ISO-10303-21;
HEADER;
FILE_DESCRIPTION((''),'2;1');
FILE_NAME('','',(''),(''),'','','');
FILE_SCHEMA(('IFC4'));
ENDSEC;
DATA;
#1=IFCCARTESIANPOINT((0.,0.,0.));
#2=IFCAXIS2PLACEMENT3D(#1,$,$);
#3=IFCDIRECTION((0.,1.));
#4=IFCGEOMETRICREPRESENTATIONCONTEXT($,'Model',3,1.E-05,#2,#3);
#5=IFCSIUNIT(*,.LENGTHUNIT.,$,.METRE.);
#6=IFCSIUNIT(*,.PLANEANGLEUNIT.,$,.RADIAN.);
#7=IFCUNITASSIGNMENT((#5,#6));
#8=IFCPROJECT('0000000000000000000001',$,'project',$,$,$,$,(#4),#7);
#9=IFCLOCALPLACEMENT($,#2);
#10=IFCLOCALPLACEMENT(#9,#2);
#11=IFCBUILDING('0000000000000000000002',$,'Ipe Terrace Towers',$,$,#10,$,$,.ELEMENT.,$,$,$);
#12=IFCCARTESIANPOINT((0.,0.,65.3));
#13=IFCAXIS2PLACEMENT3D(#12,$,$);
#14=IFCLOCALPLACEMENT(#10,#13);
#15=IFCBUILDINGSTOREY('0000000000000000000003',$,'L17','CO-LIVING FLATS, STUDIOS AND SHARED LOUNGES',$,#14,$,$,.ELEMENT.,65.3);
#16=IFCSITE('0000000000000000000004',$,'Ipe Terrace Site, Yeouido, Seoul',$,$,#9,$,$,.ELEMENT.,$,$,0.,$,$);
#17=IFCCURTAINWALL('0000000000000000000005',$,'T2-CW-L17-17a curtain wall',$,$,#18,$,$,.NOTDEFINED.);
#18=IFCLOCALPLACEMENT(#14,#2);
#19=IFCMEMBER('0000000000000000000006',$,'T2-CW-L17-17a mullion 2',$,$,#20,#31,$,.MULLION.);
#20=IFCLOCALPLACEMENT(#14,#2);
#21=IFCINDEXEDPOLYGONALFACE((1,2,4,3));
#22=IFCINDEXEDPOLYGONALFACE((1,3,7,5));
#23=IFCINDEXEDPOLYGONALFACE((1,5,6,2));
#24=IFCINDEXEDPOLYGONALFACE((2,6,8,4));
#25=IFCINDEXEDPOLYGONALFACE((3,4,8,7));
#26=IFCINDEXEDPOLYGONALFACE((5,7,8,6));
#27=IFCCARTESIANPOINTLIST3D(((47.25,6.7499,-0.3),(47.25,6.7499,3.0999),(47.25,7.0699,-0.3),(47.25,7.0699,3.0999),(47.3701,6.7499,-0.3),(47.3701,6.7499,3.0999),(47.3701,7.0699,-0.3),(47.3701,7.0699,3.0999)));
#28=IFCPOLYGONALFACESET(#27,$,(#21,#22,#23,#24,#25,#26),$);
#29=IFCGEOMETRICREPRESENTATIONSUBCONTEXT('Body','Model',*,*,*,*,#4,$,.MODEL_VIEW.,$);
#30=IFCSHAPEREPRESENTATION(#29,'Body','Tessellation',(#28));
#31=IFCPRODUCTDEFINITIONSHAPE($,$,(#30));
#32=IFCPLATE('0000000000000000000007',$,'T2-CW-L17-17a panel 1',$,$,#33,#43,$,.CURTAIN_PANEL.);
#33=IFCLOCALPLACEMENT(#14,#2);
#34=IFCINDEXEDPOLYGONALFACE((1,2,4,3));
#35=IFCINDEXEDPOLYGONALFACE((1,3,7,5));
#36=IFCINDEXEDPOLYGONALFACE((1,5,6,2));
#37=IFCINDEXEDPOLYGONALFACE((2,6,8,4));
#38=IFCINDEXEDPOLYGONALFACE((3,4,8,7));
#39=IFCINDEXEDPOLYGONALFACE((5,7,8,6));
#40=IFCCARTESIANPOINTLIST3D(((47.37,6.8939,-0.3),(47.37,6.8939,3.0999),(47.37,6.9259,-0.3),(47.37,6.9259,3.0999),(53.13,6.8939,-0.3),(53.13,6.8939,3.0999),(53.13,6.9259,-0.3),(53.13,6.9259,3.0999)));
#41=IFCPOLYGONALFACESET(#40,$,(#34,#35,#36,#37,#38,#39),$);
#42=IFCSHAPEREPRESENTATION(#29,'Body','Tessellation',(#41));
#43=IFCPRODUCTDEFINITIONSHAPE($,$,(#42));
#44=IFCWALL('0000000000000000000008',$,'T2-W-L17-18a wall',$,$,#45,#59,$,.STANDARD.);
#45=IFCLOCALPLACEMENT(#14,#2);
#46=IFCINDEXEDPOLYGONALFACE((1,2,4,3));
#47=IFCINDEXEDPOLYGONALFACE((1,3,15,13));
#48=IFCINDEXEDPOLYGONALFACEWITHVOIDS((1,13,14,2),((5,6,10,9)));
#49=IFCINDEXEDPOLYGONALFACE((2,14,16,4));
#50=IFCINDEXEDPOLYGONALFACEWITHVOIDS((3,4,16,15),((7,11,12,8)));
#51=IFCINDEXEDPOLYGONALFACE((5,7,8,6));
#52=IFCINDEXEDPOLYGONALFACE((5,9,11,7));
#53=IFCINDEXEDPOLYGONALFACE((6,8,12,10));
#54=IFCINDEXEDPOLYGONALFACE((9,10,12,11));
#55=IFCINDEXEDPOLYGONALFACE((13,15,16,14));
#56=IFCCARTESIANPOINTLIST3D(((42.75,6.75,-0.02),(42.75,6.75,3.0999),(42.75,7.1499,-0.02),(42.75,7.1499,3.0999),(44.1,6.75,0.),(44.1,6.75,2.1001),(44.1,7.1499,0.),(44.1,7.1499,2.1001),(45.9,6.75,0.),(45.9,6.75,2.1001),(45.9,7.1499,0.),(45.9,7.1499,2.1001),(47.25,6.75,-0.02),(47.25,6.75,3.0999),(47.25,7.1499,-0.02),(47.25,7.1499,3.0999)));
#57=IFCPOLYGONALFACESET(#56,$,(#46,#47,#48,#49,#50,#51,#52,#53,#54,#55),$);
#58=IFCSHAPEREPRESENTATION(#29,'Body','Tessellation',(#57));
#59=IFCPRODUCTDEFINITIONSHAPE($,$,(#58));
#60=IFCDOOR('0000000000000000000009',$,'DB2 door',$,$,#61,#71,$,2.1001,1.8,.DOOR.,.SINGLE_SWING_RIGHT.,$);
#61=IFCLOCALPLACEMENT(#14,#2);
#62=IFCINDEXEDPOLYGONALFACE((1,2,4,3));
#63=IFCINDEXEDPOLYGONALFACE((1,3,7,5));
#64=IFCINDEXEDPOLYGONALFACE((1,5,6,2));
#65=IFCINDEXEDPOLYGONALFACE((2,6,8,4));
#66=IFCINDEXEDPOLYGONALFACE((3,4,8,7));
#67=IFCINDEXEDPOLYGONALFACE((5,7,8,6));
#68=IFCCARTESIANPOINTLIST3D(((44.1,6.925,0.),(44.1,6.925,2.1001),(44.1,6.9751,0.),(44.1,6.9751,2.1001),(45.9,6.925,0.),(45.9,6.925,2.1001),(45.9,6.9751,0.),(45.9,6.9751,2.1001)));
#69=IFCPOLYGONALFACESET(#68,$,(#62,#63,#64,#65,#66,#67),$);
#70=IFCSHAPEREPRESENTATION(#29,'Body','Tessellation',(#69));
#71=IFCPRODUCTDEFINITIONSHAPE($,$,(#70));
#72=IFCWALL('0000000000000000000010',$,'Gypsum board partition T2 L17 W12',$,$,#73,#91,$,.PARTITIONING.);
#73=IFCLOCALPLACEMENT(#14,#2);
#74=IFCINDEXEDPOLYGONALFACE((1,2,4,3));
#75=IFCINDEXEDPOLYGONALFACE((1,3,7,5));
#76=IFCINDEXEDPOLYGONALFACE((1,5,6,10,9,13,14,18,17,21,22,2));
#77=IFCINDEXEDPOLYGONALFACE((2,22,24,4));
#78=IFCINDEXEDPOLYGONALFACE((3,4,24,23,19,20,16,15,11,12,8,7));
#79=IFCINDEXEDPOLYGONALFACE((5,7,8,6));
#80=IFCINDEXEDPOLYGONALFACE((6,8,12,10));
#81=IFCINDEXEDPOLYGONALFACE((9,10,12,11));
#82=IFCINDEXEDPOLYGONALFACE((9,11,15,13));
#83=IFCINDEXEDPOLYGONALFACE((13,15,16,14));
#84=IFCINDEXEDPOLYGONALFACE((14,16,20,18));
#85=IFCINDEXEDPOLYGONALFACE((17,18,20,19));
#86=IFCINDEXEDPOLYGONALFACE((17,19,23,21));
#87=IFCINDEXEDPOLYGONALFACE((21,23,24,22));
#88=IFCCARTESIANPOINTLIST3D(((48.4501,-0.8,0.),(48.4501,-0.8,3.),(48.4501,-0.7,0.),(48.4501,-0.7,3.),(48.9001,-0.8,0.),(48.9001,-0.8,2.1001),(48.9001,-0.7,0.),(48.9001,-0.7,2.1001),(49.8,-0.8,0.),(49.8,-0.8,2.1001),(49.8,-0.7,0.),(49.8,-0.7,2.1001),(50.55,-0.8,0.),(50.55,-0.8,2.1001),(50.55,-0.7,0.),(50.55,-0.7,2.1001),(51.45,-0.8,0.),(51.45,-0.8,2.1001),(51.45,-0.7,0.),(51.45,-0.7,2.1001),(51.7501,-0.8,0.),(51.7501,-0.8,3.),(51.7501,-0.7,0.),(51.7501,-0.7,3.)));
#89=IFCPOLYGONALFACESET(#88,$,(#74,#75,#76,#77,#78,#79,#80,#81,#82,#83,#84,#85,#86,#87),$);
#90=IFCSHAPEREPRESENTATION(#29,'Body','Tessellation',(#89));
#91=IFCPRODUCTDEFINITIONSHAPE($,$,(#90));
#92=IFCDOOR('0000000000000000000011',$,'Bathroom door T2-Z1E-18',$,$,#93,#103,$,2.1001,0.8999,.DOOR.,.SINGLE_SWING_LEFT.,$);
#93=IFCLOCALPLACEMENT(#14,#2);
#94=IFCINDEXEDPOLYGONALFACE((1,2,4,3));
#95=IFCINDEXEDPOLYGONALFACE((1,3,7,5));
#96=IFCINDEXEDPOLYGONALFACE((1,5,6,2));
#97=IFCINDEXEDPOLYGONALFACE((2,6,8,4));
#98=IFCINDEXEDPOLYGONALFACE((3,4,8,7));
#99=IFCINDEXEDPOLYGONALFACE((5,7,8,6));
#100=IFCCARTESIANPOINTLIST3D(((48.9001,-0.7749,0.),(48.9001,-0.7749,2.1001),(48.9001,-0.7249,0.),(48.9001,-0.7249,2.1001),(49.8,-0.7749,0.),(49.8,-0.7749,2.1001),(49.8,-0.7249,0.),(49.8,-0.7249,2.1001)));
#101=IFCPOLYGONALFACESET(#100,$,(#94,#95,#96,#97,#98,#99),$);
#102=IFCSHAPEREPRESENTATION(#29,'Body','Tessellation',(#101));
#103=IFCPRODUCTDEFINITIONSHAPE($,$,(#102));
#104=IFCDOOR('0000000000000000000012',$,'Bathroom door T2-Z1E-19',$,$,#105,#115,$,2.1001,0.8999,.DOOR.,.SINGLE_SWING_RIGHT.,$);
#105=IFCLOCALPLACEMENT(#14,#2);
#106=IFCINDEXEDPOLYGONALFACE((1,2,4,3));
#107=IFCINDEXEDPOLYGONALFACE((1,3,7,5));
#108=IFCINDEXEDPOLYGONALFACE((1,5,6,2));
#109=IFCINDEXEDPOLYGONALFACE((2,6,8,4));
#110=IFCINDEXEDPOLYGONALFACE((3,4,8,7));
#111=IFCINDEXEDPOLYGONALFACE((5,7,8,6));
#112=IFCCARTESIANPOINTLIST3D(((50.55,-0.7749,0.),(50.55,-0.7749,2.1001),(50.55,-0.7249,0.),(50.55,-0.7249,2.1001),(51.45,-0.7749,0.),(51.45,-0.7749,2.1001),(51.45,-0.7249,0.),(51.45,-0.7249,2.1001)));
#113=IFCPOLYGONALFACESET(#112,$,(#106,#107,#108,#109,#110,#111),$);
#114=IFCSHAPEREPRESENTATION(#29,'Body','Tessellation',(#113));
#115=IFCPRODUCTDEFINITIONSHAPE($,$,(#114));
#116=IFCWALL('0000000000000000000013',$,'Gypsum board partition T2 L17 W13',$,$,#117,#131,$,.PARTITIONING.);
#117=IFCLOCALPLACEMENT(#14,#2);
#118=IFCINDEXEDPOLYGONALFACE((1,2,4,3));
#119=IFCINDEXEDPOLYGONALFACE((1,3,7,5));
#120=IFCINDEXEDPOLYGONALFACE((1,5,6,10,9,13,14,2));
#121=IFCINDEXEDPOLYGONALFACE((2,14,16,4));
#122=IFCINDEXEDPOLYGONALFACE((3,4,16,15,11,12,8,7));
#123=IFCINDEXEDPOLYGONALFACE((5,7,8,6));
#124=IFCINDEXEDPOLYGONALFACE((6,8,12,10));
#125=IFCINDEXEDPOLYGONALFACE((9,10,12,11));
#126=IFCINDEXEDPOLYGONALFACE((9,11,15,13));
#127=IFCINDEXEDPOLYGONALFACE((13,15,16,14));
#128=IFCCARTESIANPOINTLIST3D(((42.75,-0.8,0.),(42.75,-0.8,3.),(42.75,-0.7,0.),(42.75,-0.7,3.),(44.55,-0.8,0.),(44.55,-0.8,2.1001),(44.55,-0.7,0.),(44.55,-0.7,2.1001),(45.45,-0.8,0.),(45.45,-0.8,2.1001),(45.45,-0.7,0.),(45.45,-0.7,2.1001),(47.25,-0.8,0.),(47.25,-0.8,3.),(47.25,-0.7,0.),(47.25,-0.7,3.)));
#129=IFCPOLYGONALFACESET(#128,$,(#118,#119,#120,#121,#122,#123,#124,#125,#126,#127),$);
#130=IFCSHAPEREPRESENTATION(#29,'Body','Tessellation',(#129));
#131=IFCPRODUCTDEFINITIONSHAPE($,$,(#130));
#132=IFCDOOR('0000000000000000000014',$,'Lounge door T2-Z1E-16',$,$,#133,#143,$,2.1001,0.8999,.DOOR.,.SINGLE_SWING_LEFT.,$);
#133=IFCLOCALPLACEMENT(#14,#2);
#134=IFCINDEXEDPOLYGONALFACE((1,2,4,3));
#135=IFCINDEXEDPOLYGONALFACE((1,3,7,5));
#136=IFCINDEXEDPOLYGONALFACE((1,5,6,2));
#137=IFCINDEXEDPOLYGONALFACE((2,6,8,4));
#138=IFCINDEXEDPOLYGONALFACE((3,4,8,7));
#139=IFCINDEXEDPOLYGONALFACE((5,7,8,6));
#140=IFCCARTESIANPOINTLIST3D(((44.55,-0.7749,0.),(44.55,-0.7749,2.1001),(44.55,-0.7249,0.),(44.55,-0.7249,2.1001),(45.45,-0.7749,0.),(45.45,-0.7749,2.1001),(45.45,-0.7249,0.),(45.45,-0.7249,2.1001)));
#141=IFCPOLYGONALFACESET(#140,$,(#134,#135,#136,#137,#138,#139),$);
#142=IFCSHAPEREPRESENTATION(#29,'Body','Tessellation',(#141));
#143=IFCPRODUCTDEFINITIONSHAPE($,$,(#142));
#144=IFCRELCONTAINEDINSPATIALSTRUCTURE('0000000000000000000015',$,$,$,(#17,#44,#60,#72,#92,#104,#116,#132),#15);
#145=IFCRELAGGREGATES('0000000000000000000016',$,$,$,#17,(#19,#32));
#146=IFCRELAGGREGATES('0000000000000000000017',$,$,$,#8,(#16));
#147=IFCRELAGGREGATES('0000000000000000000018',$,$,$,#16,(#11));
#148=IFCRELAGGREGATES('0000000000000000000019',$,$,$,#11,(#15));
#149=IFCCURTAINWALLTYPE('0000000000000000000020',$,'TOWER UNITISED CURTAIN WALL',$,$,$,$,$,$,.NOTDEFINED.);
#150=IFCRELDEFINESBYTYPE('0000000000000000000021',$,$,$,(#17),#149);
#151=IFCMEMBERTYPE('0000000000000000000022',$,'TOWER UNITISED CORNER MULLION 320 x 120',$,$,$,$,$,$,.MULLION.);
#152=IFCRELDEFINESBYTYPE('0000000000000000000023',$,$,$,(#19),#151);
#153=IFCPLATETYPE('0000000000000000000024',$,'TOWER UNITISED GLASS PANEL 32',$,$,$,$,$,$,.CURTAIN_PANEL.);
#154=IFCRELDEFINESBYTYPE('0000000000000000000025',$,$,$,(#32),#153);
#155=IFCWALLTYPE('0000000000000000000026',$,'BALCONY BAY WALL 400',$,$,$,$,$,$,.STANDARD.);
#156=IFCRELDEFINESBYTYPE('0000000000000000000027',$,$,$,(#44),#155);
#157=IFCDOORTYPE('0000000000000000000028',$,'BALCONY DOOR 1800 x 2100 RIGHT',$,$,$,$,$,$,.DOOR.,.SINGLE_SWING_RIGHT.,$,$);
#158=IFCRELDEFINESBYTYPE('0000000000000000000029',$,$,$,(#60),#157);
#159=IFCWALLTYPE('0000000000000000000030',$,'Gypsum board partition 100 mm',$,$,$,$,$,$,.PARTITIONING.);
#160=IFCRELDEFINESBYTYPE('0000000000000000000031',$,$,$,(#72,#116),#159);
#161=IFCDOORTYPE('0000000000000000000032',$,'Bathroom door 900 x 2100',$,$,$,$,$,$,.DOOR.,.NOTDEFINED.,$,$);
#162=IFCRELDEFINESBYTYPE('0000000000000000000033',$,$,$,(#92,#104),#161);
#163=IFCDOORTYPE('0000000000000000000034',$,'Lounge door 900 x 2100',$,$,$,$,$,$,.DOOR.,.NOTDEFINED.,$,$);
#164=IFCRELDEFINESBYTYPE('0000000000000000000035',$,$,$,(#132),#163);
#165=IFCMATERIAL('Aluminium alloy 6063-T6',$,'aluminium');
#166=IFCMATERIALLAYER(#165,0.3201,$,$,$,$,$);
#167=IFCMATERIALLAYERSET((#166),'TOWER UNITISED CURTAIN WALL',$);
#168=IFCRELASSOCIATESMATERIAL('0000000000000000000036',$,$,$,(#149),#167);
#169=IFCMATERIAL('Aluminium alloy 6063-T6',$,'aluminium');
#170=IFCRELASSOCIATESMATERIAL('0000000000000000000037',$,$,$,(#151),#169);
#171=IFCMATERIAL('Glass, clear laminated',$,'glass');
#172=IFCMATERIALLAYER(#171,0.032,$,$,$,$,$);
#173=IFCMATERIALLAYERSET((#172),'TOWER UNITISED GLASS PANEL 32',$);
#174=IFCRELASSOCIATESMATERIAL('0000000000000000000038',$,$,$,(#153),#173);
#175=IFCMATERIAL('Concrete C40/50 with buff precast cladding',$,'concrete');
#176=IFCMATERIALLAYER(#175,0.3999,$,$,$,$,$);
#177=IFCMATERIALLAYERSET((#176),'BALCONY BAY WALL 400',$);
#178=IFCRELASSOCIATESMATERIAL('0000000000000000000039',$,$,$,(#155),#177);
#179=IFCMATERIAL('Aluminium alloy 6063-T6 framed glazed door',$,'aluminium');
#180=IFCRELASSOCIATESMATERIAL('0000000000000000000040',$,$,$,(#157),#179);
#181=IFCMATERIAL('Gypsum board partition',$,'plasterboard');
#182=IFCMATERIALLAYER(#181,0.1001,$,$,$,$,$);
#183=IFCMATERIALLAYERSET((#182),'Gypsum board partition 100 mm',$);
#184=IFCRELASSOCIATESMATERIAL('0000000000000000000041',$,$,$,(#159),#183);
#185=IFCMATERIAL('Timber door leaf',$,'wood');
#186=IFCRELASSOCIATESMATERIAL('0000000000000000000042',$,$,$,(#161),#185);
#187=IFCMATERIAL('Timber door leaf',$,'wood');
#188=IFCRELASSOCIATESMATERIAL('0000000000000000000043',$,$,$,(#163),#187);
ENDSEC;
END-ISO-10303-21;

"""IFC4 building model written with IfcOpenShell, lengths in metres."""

from ifc_helpers import new_model, si_unit, direction, frame, frame_2d, origin, origin_2d, place, context, subcontext, project, spatial, rectangle, extrude, material, layer, layer_set, material_profile, profile_set, type_object, element, fill, aggregate, save


model = new_model("IFC4")

# Units and contexts
model_context = context("Model", 3, precision=1e-05, world=origin(), true_north=direction((0.0, 1.0)))
body_context = subcontext(model_context, "Body", "Model", "MODEL_VIEW")
ifc_project = project(units=[si_unit("LENGTHUNIT", "METRE"), si_unit("PLANEANGLEUNIT", "RADIAN")], contexts=[model_context])

# Site, building, storey
site_placement = place(None, origin())
site = spatial("IfcSite", under=ifc_project, at=site_placement, Name="Ipe Terrace Site, Yeouido, Seoul", CompositionType="ELEMENT", RefElevation=0.0)
building_placement = place(site_placement, origin())
building = spatial("IfcBuilding", under=site, at=building_placement, Name="Ipe Terrace Towers", CompositionType="ELEMENT")
storey_placement = place(building_placement, frame((0.0, 0.0, 65.3)))
storey = spatial("IfcBuildingStorey", under=building, at=storey_placement, Name="L17", Description="CO-LIVING FLATS, STUDIOS AND SHARED LOUNGES", CompositionType="ELEMENT", Elevation=65.3)

# Curtain wall, member, plate
ifc_material_1 = material(Name="Aluminium alloy 6063-T6", Category="aluminium")
ifc_layer_1 = layer(ifc_material_1, 0.3201)
ifc_layer_set_1 = layer_set([ifc_layer_1], Name="TOWER UNITISED CURTAIN WALL")
curtain_wall_type = type_object("IfcCurtainWallType", Name="TOWER UNITISED CURTAIN WALL", PredefinedType="NOTDEFINED", material=ifc_layer_set_1)
curtain_wall_placement = place(storey_placement, origin())
curtain_wall = element("IfcCurtainWall", 1, at=curtain_wall_placement, inside=storey, type_object=curtain_wall_type, Name="T2-CW-L17-17a curtain wall", PredefinedType="NOTDEFINED")
ifc_material_2 = material(Name="Aluminium alloy 6063-T6", Category="aluminium")
ifc_material_profile = material_profile(ifc_material_2, rectangle(XDim=0.3201, YDim=0.1201, at=origin_2d()), Name="TOWER UNITISED CORNER MULLION 320 x 120")
ifc_profile_set = profile_set([ifc_material_profile], Name="Aluminium alloy 6063-T6")
member_type = type_object("IfcMemberType", Name="TOWER UNITISED CORNER MULLION 320 x 120", PredefinedType="MULLION", material=ifc_profile_set)
member_placement = place(storey_placement, frame((47.3101, 6.9099, -0.3), z_axis=(0.0, 0.0, 1.0), x_axis=(0.0, 1.0, 0.0)))
member = element("IfcMember", 2, at=member_placement, type_object=member_type, Name="T2-CW-L17-17a mullion 2", PredefinedType="MULLION", context=body_context, shape_type="SweptSolid", body=[
    extrude(rectangle(XDim=0.3201, YDim=0.1201, at=origin_2d()), origin(), (0.0, 0.0, 1.0), 3.3999),
])
ifc_material_3 = material(Name="Glass, clear laminated", Category="glass")
ifc_layer_2 = layer(ifc_material_3, 0.032)
ifc_layer_set_2 = layer_set([ifc_layer_2], Name="TOWER UNITISED GLASS PANEL 32")
plate_type = type_object("IfcPlateType", Name="TOWER UNITISED GLASS PANEL 32", PredefinedType="CURTAIN_PANEL", material=ifc_layer_set_2)
plate_placement = place(storey_placement, frame((50.25, 6.9099, -0.3), z_axis=(0.0, 0.0, 1.0), x_axis=(-1.0, 0.0, 0.0)))
plate = element("IfcPlate", 3, at=plate_placement, type_object=plate_type, Name="T2-CW-L17-17a panel 1", PredefinedType="CURTAIN_PANEL", context=body_context, shape_type="SweptSolid", body=[
    extrude(rectangle(XDim=5.76, YDim=0.032, at=origin_2d()), origin(), (0.0, 0.0, 1.0), 3.3999),
])
aggregate(curtain_wall, [member, plate])

# Wall, opening, door
ifc_material_4 = material(Name="Concrete C40/50 with buff precast cladding", Category="concrete")
ifc_layer_3 = layer(ifc_material_4, 0.3999)
ifc_layer_set_3 = layer_set([ifc_layer_3], Name="BALCONY BAY WALL 400")
wall_type_1 = type_object("IfcWallType", Name="BALCONY BAY WALL 400", PredefinedType="STANDARD", material=ifc_layer_set_3)
wall_1_placement = place(storey_placement, frame((47.25, 6.95, -0.02), z_axis=(0.0, 0.0, 1.0), x_axis=(-1.0, 0.0, 0.0)))
wall_1 = element("IfcWall", 4, at=wall_1_placement, inside=storey, type_object=wall_type_1, Name="T2-W-L17-18a wall", PredefinedType="STANDARD", context=body_context, shape_type="SweptSolid", body=[
    extrude(rectangle(XDim=4.5, YDim=0.3999, at=frame_2d((2.25, 0.0))), origin(), (0.0, 0.0, 1.0), 3.1199),
])
opening_1_placement = place(wall_1_placement, frame((1.3501, 0.0, 0.02)))
opening_1 = element("IfcOpeningElement", 5, at=opening_1_placement, cuts=wall_1, PredefinedType="OPENING", context=body_context, shape_type="SweptSolid", body=[
    extrude(rectangle(XDim=1.8, YDim=2.1001, at=frame_2d((0.8999, 1.05))), frame((0.0, 0.21, 0.0), z_axis=(0.0, -1.0, 0.0), x_axis=(1.0, 0.0, 0.0)), (0.0, 0.0, 1.0), 0.4199),
])
ifc_material_5 = material(Name="Aluminium alloy 6063-T6 framed glazed door", Category="aluminium")
door_type_1 = type_object("IfcDoorType", Name="BALCONY DOOR 1800 x 2100 RIGHT", OperationType="SINGLE_SWING_RIGHT", PredefinedType="DOOR", material=ifc_material_5)
door_1_placement = place(opening_1_placement, origin())
door_1 = element("IfcDoor", 6, at=door_1_placement, inside=storey, type_object=door_type_1, Name="DB2 door", OperationType="SINGLE_SWING_RIGHT", OverallHeight=2.1001, OverallWidth=1.8, PredefinedType="DOOR", context=body_context, shape_type="SweptSolid", body=[
    extrude(rectangle(XDim=1.8, YDim=2.1001, at=frame_2d((0.8999, 1.05))), frame((0.0, 0.0249, 0.0), z_axis=(0.0, -1.0, 0.0), x_axis=(1.0, 0.0, 0.0)), (0.0, 0.0, 1.0), 0.05),
])
fill(opening_1, door_1)

# Wall, openings, doors
ifc_material_6 = material(Name="Gypsum board partition", Category="plasterboard")
ifc_layer_4 = layer(ifc_material_6, 0.1001)
ifc_layer_set_4 = layer_set([ifc_layer_4], Name="Gypsum board partition 100 mm")
wall_type_2 = type_object("IfcWallType", Name="Gypsum board partition 100 mm", PredefinedType="PARTITIONING", material=ifc_layer_set_4)
wall_2_placement = place(storey_placement, frame((51.75, -0.75, 0.0), z_axis=(0.0, 0.0, 1.0), x_axis=(-1.0, 0.0, 0.0)))
wall_2 = element("IfcWall", 7, at=wall_2_placement, inside=storey, type_object=wall_type_2, Name="Gypsum board partition T2 L17 W12", PredefinedType="PARTITIONING", context=body_context, shape_type="SweptSolid", body=[
    extrude(rectangle(XDim=3.3, YDim=0.1001, at=frame_2d((1.6499, 0.0))), origin(), (0.0, 0.0, 1.0), 3.0),
])
opening_2_placement = place(wall_2_placement, frame((1.95, 0.0, 0.0)))
opening_2 = element("IfcOpeningElement", 8, at=opening_2_placement, cuts=wall_2, PredefinedType="OPENING", context=body_context, shape_type="SweptSolid", body=[
    extrude(rectangle(XDim=0.8999, YDim=2.1001, at=frame_2d((0.45, 1.05))), frame((0.0, 0.0601, 0.0), z_axis=(0.0, -1.0, 0.0), x_axis=(1.0, 0.0, 0.0)), (0.0, 0.0, 1.0), 0.1201),
])
opening_3_placement = place(wall_2_placement, frame((0.3, 0.0, 0.0)))
opening_3 = element("IfcOpeningElement", 9, at=opening_3_placement, cuts=wall_2, PredefinedType="OPENING", context=body_context, shape_type="SweptSolid", body=[
    extrude(rectangle(XDim=0.8999, YDim=2.1001, at=frame_2d((0.45, 1.05))), frame((0.0, 0.0601, 0.0), z_axis=(0.0, -1.0, 0.0), x_axis=(1.0, 0.0, 0.0)), (0.0, 0.0, 1.0), 0.1201),
])
ifc_material_7 = material(Name="Timber door leaf", Category="wood")
door_type_2 = type_object("IfcDoorType", Name="Bathroom door 900 x 2100", OperationType="NOTDEFINED", PredefinedType="DOOR", material=ifc_material_7)
door_2_placement = place(opening_2_placement, origin())
door_2 = element("IfcDoor", 10, at=door_2_placement, inside=storey, type_object=door_type_2, Name="Bathroom door T2-Z1E-18", OperationType="SINGLE_SWING_LEFT", OverallHeight=2.1001, OverallWidth=0.8999, PredefinedType="DOOR", context=body_context, shape_type="SweptSolid", body=[
    extrude(rectangle(XDim=0.8999, YDim=2.1001, at=frame_2d((0.45, 1.05))), frame((0.0, 0.0249, 0.0), z_axis=(0.0, -1.0, 0.0), x_axis=(1.0, 0.0, 0.0)), (0.0, 0.0, 1.0), 0.05),
])
fill(opening_2, door_2)
door_3_placement = place(opening_3_placement, origin())
door_3 = element("IfcDoor", 11, at=door_3_placement, inside=storey, type_object=door_type_2, Name="Bathroom door T2-Z1E-19", OperationType="SINGLE_SWING_RIGHT", OverallHeight=2.1001, OverallWidth=0.8999, PredefinedType="DOOR", context=body_context, shape_type="SweptSolid", body=[
    extrude(rectangle(XDim=0.8999, YDim=2.1001, at=frame_2d((0.45, 1.05))), frame((0.0, 0.0249, 0.0), z_axis=(0.0, -1.0, 0.0), x_axis=(1.0, 0.0, 0.0)), (0.0, 0.0, 1.0), 0.05),
])
fill(opening_3, door_3)

# Wall, opening, door
wall_3_placement = place(storey_placement, frame((47.25, -0.75, 0.0), z_axis=(0.0, 0.0, 1.0), x_axis=(-1.0, 0.0, 0.0)))
wall_3 = element("IfcWall", 12, at=wall_3_placement, inside=storey, type_object=wall_type_2, Name="Gypsum board partition T2 L17 W13", PredefinedType="PARTITIONING", context=body_context, shape_type="SweptSolid", body=[
    extrude(rectangle(XDim=4.5, YDim=0.1001, at=frame_2d((2.25, 0.0))), origin(), (0.0, 0.0, 1.0), 3.0),
])
opening_4_placement = place(wall_3_placement, frame((1.8, 0.0, 0.0)))
opening_4 = element("IfcOpeningElement", 13, at=opening_4_placement, cuts=wall_3, PredefinedType="OPENING", context=body_context, shape_type="SweptSolid", body=[
    extrude(rectangle(XDim=0.8999, YDim=2.1001, at=frame_2d((0.45, 1.05))), frame((0.0, 0.0601, 0.0), z_axis=(0.0, -1.0, 0.0), x_axis=(1.0, 0.0, 0.0)), (0.0, 0.0, 1.0), 0.1201),
])
ifc_material_8 = material(Name="Timber door leaf", Category="wood")
door_type_3 = type_object("IfcDoorType", Name="Lounge door 900 x 2100", OperationType="NOTDEFINED", PredefinedType="DOOR", material=ifc_material_8)
door_4_placement = place(opening_4_placement, origin())
door_4 = element("IfcDoor", 14, at=door_4_placement, inside=storey, type_object=door_type_3, Name="Lounge door T2-Z1E-16", OperationType="SINGLE_SWING_LEFT", OverallHeight=2.1001, OverallWidth=0.8999, PredefinedType="DOOR", context=body_context, shape_type="SweptSolid", body=[
    extrude(rectangle(XDim=0.8999, YDim=2.1001, at=frame_2d((0.45, 1.05))), frame((0.0, 0.0249, 0.0), z_axis=(0.0, -1.0, 0.0), x_axis=(1.0, 0.0, 0.0)), (0.0, 0.0, 1.0), 0.05),
])
fill(opening_4, door_4)

save(model, "model.ifc")
